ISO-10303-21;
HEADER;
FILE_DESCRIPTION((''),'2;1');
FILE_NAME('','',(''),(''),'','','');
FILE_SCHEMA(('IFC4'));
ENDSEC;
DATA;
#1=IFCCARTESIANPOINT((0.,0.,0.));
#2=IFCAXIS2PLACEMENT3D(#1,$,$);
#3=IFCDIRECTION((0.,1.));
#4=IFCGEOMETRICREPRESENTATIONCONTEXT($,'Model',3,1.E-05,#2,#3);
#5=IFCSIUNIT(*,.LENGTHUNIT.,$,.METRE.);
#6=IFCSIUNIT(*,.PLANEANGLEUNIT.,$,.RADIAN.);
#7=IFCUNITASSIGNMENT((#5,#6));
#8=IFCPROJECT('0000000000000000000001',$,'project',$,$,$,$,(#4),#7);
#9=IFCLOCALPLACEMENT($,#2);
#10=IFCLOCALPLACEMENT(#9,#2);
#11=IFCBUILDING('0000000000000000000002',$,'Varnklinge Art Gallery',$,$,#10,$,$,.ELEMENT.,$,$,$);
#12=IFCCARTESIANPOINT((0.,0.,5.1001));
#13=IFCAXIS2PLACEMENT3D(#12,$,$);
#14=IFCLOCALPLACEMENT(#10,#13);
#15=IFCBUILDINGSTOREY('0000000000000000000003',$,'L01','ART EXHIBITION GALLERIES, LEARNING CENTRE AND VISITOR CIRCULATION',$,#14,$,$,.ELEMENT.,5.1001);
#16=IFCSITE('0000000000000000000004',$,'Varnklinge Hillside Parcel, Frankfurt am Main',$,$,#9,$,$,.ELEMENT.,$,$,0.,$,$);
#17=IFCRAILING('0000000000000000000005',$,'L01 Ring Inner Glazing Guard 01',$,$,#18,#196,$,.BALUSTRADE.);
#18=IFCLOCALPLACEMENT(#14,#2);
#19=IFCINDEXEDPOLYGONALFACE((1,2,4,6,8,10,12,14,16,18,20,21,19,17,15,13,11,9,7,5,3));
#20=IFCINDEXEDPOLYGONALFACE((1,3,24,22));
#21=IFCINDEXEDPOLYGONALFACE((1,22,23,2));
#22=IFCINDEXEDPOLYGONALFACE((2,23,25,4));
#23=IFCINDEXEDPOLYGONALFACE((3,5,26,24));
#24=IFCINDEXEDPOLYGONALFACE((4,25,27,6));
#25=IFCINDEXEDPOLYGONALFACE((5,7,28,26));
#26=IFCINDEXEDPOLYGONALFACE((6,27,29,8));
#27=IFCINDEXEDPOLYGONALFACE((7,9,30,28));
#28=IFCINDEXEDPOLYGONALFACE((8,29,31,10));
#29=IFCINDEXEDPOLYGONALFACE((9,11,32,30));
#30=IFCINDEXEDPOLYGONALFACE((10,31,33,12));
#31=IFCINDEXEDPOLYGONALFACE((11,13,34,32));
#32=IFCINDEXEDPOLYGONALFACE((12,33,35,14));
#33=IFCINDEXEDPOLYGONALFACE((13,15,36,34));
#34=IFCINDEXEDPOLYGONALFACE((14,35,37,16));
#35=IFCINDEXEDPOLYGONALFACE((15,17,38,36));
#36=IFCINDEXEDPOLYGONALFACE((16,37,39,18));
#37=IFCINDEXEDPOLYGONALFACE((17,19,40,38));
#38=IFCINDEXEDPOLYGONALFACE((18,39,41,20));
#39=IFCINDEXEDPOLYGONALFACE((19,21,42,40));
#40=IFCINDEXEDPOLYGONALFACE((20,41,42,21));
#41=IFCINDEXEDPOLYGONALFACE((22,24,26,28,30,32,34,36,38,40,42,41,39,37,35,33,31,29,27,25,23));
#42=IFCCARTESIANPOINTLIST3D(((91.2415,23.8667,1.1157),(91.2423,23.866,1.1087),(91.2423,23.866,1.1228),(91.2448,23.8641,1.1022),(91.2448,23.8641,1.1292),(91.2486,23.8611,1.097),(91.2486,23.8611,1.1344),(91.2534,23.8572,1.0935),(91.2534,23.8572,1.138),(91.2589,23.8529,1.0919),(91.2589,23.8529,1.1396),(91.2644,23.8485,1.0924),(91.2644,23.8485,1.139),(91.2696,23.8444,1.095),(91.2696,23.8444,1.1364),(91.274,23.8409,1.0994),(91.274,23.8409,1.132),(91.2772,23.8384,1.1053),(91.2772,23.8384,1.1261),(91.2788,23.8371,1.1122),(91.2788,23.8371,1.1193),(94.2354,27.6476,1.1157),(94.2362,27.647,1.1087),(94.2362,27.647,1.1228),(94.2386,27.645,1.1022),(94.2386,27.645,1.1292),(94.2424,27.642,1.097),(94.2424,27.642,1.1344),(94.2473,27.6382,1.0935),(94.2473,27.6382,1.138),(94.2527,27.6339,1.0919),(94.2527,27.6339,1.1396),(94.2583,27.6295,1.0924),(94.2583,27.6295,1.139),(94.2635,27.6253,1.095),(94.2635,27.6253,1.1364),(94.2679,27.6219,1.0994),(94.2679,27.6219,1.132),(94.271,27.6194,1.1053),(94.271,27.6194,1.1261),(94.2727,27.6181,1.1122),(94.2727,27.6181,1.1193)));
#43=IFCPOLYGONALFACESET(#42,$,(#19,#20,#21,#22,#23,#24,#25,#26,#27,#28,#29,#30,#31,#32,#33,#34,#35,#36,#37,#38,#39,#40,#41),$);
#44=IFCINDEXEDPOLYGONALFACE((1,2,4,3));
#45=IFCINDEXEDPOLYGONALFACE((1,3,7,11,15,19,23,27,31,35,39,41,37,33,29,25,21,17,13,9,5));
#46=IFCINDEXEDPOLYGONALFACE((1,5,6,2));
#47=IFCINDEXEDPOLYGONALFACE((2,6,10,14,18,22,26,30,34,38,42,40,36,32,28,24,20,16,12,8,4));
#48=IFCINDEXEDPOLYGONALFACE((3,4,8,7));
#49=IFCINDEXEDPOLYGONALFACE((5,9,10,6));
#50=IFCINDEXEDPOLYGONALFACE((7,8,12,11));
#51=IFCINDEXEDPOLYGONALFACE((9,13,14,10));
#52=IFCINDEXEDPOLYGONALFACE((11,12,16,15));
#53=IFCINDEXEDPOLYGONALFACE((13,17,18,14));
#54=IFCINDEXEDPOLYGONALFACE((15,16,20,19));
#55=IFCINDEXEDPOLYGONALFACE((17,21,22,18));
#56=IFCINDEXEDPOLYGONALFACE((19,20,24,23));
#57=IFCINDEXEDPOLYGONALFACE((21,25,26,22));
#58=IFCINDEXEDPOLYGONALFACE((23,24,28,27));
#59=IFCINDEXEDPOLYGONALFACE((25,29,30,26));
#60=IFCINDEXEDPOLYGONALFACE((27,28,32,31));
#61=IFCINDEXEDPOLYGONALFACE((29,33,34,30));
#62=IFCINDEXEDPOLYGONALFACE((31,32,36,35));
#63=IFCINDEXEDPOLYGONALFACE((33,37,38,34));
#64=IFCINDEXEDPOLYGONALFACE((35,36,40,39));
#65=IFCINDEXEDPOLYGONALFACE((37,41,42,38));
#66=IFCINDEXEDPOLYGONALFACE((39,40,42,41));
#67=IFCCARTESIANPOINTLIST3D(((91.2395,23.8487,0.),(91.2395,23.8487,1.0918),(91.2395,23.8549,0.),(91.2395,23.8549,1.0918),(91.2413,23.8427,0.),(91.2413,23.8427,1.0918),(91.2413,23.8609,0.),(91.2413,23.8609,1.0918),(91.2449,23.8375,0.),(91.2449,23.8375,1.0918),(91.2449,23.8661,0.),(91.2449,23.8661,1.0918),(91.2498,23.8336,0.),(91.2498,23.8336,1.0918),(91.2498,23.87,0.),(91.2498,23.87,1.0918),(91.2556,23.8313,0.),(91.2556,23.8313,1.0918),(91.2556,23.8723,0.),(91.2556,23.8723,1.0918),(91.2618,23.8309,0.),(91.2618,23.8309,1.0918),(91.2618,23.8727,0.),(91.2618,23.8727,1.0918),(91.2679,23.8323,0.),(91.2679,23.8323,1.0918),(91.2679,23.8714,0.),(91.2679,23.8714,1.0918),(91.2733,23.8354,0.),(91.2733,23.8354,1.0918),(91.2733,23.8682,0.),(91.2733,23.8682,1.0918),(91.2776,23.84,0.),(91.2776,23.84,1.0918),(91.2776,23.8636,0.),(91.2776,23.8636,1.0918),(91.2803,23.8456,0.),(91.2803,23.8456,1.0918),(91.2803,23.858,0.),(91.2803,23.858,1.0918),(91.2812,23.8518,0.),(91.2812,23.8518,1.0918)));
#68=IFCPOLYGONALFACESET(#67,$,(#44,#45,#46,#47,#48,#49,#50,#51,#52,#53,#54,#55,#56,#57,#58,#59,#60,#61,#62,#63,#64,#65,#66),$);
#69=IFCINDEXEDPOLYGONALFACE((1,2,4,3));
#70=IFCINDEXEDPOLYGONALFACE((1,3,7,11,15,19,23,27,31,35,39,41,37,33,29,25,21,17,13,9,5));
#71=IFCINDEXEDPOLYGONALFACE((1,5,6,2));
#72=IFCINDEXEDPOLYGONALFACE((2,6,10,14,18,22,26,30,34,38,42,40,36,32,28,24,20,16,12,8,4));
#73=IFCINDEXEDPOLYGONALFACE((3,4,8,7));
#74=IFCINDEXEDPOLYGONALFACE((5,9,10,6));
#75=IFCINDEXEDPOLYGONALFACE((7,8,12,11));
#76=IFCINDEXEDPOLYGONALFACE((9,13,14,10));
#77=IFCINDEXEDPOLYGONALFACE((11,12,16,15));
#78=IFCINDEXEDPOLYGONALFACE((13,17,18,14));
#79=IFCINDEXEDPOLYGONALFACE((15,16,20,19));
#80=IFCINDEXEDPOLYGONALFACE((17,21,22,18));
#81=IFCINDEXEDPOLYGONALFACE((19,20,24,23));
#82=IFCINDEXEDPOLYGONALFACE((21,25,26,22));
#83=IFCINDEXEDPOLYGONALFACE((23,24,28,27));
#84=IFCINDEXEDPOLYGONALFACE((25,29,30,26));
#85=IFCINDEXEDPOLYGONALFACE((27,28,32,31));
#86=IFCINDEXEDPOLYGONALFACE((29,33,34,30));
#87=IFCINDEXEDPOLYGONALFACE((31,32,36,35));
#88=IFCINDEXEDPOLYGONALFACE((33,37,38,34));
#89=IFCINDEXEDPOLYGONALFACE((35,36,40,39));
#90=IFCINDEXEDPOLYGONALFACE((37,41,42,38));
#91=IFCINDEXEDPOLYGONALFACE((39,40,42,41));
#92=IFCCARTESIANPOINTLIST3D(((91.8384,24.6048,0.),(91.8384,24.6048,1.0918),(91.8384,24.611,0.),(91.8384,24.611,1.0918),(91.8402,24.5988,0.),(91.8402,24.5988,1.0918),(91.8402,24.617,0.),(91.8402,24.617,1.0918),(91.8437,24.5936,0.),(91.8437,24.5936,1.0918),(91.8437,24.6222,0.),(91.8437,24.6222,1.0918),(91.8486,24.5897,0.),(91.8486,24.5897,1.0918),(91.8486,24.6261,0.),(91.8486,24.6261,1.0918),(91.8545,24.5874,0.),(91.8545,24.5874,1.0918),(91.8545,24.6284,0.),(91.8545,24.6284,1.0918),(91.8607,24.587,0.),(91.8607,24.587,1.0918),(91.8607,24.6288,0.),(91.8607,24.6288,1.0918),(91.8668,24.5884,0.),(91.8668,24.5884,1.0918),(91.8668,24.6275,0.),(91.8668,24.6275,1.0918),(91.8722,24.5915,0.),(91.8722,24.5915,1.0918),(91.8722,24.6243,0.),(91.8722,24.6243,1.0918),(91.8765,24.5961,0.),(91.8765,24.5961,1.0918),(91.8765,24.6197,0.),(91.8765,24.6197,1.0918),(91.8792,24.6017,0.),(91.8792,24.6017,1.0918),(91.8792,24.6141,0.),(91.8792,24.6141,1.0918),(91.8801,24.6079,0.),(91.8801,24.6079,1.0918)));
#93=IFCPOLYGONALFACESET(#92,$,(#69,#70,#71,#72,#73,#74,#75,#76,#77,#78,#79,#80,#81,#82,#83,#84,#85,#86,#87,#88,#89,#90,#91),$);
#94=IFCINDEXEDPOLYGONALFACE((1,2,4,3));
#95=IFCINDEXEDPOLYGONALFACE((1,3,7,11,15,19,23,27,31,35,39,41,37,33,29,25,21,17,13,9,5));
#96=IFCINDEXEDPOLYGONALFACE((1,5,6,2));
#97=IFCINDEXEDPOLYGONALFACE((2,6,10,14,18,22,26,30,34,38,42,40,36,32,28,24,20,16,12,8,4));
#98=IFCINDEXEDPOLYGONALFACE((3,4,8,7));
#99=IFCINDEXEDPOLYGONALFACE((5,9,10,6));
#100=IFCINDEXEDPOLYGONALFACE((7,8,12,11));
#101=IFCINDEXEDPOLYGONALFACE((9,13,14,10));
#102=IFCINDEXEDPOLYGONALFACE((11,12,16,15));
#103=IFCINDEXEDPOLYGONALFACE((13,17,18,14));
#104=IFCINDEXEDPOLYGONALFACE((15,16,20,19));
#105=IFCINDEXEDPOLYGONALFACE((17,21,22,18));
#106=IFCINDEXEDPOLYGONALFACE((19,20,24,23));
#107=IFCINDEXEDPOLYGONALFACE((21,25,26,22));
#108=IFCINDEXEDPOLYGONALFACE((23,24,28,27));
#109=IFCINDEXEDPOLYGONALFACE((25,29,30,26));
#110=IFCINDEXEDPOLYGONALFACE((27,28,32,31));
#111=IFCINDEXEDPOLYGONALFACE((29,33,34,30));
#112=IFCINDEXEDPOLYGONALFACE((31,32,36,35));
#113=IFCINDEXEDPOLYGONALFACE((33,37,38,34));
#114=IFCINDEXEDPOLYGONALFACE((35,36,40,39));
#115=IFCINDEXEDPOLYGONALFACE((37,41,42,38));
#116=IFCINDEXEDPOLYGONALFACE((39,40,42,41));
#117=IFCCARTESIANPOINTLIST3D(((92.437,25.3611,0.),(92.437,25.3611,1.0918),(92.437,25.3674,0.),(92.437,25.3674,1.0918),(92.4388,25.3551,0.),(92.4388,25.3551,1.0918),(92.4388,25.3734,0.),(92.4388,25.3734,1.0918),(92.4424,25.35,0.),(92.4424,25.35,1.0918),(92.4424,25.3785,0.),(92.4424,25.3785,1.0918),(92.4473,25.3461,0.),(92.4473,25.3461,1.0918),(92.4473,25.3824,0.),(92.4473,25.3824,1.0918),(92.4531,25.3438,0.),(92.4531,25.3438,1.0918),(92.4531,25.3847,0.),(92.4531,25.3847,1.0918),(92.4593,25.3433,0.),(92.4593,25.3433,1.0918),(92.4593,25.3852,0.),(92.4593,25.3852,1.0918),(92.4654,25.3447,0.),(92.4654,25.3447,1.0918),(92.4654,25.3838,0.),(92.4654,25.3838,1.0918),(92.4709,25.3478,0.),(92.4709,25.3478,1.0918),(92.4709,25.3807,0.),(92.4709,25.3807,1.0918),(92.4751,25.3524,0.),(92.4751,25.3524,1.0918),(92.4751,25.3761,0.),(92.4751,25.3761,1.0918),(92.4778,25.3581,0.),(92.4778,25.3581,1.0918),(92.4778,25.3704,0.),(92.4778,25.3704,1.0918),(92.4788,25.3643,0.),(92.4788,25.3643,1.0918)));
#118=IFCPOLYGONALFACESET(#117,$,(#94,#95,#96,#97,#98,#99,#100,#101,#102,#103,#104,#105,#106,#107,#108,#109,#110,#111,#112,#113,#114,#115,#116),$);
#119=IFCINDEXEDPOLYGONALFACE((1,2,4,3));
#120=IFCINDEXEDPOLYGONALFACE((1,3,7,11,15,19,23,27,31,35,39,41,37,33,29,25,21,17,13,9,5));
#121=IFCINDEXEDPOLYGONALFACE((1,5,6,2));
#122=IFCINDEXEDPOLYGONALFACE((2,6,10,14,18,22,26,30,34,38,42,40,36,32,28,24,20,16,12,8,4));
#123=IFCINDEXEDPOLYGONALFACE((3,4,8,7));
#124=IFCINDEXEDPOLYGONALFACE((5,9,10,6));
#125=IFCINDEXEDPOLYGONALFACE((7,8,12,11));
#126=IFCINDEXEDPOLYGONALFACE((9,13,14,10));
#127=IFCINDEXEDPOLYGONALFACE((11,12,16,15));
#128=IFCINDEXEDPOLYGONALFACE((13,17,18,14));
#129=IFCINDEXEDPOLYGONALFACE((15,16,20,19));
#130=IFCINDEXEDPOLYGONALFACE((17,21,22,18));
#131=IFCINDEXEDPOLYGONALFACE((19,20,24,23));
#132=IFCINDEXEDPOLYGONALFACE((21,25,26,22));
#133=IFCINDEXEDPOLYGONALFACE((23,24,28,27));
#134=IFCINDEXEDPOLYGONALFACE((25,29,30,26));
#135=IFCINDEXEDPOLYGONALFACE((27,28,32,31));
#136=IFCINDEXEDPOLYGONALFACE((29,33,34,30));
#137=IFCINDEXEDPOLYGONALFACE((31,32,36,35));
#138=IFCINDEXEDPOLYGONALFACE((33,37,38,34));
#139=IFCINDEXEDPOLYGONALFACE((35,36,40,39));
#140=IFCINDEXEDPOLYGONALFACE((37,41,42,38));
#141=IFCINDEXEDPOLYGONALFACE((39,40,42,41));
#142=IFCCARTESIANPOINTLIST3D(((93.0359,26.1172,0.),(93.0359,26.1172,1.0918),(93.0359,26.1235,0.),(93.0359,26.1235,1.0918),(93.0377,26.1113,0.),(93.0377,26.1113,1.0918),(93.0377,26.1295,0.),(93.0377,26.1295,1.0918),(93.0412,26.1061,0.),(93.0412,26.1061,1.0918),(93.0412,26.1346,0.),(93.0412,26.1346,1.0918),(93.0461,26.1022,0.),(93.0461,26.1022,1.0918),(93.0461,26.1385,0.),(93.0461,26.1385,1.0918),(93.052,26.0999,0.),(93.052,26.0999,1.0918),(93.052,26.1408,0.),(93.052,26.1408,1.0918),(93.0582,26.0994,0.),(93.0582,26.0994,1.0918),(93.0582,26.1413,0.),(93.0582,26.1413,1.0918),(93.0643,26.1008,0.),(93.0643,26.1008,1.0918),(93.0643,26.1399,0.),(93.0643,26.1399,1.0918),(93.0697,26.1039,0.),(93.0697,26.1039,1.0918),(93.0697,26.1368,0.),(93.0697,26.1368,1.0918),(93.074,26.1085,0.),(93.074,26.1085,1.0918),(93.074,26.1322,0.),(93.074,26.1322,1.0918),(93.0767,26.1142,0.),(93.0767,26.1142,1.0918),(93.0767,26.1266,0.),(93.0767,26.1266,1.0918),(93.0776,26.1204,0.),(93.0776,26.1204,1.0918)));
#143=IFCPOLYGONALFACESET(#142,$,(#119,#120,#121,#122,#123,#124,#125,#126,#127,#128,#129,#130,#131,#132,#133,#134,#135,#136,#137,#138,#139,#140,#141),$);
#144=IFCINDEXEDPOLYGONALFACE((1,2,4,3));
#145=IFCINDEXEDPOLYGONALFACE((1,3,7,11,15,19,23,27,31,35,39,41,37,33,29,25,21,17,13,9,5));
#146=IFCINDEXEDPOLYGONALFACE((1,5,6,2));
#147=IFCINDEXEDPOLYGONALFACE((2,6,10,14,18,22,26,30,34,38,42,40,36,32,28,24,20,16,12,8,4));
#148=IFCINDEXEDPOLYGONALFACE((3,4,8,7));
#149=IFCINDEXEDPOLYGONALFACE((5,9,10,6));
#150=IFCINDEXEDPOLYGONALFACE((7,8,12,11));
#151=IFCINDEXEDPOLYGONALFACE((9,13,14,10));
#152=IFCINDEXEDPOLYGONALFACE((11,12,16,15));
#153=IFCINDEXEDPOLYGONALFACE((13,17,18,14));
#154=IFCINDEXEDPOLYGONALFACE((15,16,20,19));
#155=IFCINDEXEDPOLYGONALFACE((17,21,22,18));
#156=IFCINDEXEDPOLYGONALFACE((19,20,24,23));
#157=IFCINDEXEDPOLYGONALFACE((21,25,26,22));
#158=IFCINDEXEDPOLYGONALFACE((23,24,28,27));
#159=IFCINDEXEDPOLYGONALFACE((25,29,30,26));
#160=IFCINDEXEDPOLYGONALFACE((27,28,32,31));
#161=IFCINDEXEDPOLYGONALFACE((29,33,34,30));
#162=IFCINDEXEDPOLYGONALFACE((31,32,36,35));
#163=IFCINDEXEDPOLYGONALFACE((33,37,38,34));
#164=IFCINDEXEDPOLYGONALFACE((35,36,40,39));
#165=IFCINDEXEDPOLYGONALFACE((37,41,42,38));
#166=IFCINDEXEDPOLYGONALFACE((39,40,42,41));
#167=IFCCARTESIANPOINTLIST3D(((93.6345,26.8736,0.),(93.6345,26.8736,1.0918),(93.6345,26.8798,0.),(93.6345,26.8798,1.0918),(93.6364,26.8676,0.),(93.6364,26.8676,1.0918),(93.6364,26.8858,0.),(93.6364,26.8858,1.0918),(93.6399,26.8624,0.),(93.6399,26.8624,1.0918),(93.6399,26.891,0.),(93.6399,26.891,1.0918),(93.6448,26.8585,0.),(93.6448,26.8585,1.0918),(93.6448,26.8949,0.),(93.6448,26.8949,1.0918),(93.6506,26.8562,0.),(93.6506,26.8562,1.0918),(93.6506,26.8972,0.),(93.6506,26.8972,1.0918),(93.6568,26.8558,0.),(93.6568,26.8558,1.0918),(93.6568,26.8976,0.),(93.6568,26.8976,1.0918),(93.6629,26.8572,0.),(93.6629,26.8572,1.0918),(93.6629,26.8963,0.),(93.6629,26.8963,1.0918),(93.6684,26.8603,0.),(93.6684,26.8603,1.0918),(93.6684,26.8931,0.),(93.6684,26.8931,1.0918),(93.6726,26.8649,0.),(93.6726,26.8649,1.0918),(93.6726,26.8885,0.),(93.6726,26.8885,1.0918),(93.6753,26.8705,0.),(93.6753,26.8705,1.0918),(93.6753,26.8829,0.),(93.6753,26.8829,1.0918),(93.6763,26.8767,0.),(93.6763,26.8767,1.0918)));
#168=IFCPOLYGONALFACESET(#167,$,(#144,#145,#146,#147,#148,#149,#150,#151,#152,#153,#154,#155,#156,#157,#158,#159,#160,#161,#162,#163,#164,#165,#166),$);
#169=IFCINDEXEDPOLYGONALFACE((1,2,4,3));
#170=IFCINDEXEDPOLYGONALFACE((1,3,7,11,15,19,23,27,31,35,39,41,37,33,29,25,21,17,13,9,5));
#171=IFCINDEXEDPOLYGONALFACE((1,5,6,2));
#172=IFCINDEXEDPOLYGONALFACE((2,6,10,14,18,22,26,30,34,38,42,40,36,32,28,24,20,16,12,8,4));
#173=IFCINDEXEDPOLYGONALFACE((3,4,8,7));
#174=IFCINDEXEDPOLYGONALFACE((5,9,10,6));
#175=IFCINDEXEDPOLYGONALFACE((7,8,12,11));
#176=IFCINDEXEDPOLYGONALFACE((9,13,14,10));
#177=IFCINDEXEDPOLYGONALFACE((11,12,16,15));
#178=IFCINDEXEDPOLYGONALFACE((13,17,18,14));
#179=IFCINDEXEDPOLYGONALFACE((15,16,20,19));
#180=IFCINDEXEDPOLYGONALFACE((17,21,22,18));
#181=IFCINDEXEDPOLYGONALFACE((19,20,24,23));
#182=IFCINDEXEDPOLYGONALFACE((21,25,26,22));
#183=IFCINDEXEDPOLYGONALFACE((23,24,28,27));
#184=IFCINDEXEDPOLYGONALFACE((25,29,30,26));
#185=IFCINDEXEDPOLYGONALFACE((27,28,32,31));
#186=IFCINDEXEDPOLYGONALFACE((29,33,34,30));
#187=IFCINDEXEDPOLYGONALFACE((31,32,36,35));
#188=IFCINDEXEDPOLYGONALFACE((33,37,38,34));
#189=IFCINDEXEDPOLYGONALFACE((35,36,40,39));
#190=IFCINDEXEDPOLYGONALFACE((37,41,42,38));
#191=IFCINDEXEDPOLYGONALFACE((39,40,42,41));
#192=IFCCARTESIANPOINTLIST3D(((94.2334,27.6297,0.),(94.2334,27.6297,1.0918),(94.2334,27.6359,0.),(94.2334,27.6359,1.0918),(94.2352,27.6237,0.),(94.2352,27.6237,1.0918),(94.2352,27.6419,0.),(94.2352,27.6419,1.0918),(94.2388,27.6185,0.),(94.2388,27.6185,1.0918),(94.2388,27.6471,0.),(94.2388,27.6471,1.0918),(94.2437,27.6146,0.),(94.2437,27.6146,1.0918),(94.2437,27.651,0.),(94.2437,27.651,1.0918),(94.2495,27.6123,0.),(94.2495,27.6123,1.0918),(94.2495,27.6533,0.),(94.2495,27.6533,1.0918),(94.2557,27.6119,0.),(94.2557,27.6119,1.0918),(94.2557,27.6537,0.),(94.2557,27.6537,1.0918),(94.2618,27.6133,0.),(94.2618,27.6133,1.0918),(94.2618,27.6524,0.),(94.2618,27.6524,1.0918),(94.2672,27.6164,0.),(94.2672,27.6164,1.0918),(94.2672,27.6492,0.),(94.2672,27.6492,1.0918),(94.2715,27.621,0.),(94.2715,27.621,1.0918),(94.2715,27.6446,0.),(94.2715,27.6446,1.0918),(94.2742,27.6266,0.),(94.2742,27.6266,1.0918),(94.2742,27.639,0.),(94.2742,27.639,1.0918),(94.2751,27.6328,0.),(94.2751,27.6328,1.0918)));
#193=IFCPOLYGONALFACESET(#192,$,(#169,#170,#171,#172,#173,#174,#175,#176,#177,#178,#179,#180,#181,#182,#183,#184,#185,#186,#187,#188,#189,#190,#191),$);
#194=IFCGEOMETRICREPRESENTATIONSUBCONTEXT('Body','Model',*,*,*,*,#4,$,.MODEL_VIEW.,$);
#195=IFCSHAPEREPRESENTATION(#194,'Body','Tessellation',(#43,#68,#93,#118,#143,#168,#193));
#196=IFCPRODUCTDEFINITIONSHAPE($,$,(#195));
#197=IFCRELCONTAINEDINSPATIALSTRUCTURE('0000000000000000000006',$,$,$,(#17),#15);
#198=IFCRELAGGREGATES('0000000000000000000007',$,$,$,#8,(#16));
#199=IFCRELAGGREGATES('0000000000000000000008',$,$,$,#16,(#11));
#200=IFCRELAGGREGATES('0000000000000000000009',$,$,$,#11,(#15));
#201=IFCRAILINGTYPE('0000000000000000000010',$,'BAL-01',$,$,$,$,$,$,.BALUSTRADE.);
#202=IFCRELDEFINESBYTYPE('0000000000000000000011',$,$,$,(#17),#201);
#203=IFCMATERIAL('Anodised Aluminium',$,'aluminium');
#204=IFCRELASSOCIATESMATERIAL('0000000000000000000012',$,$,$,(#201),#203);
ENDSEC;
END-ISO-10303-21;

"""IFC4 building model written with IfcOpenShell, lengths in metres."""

from ifc_helpers import new_model, si_unit, direction, frame, origin, origin_2d, place, context, subcontext, project, spatial, circle, extrude, material, type_object, element, save


model = new_model("IFC4")

# Units and contexts
model_context = context("Model", 3, precision=1e-05, world=origin(), true_north=direction((0.0, 1.0)))
body_context = subcontext(model_context, "Body", "Model", "MODEL_VIEW")
ifc_project = project(units=[si_unit("LENGTHUNIT", "METRE"), si_unit("PLANEANGLEUNIT", "RADIAN")], contexts=[model_context])

# Site, building, storey
site_placement = place(None, origin())
site = spatial("IfcSite", under=ifc_project, at=site_placement, Name="Varnklinge Hillside Parcel, Frankfurt am Main", CompositionType="ELEMENT", RefElevation=0.0)
building_placement = place(site_placement, origin())
building = spatial("IfcBuilding", under=site, at=building_placement, Name="Varnklinge Art Gallery", CompositionType="ELEMENT")
storey_placement = place(building_placement, frame((0.0, 0.0, 5.1001)))
storey = spatial("IfcBuildingStorey", under=building, at=storey_placement, Name="L01", Description="ART EXHIBITION GALLERIES, LEARNING CENTRE AND VISITOR CIRCULATION", CompositionType="ELEMENT", Elevation=5.1001)

# Railing
ifc_material_1 = material(Name="Anodised Aluminium", Category="aluminium")
railing_type = type_object("IfcRailingType", Name="BAL-01", PredefinedType="BALUSTRADE", material=ifc_material_1)
railing_1_placement = place(storey_placement, frame((91.2603, 23.8518, 0.0)))
element("IfcRailing", 1, at=railing_1_placement, inside=storey, type_object=railing_type, Name="L01 Ring Inner Glazing Guard 01", PredefinedType="BALUSTRADE", context=body_context, shape_type="SweptSolid", body=[
    extrude(circle(Radius=0.0239, at=origin_2d()), frame((0.0, 0.0, 1.1157), z_axis=(0.620779, 0.783985, 0.0), x_axis=(-0.783985, 0.620779, 0.0)), (0.0, 0.0, 1.0), 4.8228),
    extrude(circle(Radius=0.021, at=origin_2d()), origin(), (0.0, 0.0, 1.0), 1.0918),
    extrude(circle(Radius=0.021, at=origin_2d()), frame((0.5989, 0.7561, 0.0)), (0.0, 0.0, 1.0), 1.0918),
    extrude(circle(Radius=0.021, at=origin_2d()), frame((1.1975, 1.5125, 0.0)), (0.0, 0.0, 1.0), 1.0918),
    extrude(circle(Radius=0.021, at=origin_2d()), frame((1.7964, 2.2686, 0.0)), (0.0, 0.0, 1.0), 1.0918),
    extrude(circle(Radius=0.021, at=origin_2d()), frame((2.395, 3.0249, 0.0)), (0.0, 0.0, 1.0), 1.0918),
    extrude(circle(Radius=0.021, at=origin_2d()), frame((2.9939, 3.781, 0.0)), (0.0, 0.0, 1.0), 1.0918),
])

save(model, "model.ifc")
